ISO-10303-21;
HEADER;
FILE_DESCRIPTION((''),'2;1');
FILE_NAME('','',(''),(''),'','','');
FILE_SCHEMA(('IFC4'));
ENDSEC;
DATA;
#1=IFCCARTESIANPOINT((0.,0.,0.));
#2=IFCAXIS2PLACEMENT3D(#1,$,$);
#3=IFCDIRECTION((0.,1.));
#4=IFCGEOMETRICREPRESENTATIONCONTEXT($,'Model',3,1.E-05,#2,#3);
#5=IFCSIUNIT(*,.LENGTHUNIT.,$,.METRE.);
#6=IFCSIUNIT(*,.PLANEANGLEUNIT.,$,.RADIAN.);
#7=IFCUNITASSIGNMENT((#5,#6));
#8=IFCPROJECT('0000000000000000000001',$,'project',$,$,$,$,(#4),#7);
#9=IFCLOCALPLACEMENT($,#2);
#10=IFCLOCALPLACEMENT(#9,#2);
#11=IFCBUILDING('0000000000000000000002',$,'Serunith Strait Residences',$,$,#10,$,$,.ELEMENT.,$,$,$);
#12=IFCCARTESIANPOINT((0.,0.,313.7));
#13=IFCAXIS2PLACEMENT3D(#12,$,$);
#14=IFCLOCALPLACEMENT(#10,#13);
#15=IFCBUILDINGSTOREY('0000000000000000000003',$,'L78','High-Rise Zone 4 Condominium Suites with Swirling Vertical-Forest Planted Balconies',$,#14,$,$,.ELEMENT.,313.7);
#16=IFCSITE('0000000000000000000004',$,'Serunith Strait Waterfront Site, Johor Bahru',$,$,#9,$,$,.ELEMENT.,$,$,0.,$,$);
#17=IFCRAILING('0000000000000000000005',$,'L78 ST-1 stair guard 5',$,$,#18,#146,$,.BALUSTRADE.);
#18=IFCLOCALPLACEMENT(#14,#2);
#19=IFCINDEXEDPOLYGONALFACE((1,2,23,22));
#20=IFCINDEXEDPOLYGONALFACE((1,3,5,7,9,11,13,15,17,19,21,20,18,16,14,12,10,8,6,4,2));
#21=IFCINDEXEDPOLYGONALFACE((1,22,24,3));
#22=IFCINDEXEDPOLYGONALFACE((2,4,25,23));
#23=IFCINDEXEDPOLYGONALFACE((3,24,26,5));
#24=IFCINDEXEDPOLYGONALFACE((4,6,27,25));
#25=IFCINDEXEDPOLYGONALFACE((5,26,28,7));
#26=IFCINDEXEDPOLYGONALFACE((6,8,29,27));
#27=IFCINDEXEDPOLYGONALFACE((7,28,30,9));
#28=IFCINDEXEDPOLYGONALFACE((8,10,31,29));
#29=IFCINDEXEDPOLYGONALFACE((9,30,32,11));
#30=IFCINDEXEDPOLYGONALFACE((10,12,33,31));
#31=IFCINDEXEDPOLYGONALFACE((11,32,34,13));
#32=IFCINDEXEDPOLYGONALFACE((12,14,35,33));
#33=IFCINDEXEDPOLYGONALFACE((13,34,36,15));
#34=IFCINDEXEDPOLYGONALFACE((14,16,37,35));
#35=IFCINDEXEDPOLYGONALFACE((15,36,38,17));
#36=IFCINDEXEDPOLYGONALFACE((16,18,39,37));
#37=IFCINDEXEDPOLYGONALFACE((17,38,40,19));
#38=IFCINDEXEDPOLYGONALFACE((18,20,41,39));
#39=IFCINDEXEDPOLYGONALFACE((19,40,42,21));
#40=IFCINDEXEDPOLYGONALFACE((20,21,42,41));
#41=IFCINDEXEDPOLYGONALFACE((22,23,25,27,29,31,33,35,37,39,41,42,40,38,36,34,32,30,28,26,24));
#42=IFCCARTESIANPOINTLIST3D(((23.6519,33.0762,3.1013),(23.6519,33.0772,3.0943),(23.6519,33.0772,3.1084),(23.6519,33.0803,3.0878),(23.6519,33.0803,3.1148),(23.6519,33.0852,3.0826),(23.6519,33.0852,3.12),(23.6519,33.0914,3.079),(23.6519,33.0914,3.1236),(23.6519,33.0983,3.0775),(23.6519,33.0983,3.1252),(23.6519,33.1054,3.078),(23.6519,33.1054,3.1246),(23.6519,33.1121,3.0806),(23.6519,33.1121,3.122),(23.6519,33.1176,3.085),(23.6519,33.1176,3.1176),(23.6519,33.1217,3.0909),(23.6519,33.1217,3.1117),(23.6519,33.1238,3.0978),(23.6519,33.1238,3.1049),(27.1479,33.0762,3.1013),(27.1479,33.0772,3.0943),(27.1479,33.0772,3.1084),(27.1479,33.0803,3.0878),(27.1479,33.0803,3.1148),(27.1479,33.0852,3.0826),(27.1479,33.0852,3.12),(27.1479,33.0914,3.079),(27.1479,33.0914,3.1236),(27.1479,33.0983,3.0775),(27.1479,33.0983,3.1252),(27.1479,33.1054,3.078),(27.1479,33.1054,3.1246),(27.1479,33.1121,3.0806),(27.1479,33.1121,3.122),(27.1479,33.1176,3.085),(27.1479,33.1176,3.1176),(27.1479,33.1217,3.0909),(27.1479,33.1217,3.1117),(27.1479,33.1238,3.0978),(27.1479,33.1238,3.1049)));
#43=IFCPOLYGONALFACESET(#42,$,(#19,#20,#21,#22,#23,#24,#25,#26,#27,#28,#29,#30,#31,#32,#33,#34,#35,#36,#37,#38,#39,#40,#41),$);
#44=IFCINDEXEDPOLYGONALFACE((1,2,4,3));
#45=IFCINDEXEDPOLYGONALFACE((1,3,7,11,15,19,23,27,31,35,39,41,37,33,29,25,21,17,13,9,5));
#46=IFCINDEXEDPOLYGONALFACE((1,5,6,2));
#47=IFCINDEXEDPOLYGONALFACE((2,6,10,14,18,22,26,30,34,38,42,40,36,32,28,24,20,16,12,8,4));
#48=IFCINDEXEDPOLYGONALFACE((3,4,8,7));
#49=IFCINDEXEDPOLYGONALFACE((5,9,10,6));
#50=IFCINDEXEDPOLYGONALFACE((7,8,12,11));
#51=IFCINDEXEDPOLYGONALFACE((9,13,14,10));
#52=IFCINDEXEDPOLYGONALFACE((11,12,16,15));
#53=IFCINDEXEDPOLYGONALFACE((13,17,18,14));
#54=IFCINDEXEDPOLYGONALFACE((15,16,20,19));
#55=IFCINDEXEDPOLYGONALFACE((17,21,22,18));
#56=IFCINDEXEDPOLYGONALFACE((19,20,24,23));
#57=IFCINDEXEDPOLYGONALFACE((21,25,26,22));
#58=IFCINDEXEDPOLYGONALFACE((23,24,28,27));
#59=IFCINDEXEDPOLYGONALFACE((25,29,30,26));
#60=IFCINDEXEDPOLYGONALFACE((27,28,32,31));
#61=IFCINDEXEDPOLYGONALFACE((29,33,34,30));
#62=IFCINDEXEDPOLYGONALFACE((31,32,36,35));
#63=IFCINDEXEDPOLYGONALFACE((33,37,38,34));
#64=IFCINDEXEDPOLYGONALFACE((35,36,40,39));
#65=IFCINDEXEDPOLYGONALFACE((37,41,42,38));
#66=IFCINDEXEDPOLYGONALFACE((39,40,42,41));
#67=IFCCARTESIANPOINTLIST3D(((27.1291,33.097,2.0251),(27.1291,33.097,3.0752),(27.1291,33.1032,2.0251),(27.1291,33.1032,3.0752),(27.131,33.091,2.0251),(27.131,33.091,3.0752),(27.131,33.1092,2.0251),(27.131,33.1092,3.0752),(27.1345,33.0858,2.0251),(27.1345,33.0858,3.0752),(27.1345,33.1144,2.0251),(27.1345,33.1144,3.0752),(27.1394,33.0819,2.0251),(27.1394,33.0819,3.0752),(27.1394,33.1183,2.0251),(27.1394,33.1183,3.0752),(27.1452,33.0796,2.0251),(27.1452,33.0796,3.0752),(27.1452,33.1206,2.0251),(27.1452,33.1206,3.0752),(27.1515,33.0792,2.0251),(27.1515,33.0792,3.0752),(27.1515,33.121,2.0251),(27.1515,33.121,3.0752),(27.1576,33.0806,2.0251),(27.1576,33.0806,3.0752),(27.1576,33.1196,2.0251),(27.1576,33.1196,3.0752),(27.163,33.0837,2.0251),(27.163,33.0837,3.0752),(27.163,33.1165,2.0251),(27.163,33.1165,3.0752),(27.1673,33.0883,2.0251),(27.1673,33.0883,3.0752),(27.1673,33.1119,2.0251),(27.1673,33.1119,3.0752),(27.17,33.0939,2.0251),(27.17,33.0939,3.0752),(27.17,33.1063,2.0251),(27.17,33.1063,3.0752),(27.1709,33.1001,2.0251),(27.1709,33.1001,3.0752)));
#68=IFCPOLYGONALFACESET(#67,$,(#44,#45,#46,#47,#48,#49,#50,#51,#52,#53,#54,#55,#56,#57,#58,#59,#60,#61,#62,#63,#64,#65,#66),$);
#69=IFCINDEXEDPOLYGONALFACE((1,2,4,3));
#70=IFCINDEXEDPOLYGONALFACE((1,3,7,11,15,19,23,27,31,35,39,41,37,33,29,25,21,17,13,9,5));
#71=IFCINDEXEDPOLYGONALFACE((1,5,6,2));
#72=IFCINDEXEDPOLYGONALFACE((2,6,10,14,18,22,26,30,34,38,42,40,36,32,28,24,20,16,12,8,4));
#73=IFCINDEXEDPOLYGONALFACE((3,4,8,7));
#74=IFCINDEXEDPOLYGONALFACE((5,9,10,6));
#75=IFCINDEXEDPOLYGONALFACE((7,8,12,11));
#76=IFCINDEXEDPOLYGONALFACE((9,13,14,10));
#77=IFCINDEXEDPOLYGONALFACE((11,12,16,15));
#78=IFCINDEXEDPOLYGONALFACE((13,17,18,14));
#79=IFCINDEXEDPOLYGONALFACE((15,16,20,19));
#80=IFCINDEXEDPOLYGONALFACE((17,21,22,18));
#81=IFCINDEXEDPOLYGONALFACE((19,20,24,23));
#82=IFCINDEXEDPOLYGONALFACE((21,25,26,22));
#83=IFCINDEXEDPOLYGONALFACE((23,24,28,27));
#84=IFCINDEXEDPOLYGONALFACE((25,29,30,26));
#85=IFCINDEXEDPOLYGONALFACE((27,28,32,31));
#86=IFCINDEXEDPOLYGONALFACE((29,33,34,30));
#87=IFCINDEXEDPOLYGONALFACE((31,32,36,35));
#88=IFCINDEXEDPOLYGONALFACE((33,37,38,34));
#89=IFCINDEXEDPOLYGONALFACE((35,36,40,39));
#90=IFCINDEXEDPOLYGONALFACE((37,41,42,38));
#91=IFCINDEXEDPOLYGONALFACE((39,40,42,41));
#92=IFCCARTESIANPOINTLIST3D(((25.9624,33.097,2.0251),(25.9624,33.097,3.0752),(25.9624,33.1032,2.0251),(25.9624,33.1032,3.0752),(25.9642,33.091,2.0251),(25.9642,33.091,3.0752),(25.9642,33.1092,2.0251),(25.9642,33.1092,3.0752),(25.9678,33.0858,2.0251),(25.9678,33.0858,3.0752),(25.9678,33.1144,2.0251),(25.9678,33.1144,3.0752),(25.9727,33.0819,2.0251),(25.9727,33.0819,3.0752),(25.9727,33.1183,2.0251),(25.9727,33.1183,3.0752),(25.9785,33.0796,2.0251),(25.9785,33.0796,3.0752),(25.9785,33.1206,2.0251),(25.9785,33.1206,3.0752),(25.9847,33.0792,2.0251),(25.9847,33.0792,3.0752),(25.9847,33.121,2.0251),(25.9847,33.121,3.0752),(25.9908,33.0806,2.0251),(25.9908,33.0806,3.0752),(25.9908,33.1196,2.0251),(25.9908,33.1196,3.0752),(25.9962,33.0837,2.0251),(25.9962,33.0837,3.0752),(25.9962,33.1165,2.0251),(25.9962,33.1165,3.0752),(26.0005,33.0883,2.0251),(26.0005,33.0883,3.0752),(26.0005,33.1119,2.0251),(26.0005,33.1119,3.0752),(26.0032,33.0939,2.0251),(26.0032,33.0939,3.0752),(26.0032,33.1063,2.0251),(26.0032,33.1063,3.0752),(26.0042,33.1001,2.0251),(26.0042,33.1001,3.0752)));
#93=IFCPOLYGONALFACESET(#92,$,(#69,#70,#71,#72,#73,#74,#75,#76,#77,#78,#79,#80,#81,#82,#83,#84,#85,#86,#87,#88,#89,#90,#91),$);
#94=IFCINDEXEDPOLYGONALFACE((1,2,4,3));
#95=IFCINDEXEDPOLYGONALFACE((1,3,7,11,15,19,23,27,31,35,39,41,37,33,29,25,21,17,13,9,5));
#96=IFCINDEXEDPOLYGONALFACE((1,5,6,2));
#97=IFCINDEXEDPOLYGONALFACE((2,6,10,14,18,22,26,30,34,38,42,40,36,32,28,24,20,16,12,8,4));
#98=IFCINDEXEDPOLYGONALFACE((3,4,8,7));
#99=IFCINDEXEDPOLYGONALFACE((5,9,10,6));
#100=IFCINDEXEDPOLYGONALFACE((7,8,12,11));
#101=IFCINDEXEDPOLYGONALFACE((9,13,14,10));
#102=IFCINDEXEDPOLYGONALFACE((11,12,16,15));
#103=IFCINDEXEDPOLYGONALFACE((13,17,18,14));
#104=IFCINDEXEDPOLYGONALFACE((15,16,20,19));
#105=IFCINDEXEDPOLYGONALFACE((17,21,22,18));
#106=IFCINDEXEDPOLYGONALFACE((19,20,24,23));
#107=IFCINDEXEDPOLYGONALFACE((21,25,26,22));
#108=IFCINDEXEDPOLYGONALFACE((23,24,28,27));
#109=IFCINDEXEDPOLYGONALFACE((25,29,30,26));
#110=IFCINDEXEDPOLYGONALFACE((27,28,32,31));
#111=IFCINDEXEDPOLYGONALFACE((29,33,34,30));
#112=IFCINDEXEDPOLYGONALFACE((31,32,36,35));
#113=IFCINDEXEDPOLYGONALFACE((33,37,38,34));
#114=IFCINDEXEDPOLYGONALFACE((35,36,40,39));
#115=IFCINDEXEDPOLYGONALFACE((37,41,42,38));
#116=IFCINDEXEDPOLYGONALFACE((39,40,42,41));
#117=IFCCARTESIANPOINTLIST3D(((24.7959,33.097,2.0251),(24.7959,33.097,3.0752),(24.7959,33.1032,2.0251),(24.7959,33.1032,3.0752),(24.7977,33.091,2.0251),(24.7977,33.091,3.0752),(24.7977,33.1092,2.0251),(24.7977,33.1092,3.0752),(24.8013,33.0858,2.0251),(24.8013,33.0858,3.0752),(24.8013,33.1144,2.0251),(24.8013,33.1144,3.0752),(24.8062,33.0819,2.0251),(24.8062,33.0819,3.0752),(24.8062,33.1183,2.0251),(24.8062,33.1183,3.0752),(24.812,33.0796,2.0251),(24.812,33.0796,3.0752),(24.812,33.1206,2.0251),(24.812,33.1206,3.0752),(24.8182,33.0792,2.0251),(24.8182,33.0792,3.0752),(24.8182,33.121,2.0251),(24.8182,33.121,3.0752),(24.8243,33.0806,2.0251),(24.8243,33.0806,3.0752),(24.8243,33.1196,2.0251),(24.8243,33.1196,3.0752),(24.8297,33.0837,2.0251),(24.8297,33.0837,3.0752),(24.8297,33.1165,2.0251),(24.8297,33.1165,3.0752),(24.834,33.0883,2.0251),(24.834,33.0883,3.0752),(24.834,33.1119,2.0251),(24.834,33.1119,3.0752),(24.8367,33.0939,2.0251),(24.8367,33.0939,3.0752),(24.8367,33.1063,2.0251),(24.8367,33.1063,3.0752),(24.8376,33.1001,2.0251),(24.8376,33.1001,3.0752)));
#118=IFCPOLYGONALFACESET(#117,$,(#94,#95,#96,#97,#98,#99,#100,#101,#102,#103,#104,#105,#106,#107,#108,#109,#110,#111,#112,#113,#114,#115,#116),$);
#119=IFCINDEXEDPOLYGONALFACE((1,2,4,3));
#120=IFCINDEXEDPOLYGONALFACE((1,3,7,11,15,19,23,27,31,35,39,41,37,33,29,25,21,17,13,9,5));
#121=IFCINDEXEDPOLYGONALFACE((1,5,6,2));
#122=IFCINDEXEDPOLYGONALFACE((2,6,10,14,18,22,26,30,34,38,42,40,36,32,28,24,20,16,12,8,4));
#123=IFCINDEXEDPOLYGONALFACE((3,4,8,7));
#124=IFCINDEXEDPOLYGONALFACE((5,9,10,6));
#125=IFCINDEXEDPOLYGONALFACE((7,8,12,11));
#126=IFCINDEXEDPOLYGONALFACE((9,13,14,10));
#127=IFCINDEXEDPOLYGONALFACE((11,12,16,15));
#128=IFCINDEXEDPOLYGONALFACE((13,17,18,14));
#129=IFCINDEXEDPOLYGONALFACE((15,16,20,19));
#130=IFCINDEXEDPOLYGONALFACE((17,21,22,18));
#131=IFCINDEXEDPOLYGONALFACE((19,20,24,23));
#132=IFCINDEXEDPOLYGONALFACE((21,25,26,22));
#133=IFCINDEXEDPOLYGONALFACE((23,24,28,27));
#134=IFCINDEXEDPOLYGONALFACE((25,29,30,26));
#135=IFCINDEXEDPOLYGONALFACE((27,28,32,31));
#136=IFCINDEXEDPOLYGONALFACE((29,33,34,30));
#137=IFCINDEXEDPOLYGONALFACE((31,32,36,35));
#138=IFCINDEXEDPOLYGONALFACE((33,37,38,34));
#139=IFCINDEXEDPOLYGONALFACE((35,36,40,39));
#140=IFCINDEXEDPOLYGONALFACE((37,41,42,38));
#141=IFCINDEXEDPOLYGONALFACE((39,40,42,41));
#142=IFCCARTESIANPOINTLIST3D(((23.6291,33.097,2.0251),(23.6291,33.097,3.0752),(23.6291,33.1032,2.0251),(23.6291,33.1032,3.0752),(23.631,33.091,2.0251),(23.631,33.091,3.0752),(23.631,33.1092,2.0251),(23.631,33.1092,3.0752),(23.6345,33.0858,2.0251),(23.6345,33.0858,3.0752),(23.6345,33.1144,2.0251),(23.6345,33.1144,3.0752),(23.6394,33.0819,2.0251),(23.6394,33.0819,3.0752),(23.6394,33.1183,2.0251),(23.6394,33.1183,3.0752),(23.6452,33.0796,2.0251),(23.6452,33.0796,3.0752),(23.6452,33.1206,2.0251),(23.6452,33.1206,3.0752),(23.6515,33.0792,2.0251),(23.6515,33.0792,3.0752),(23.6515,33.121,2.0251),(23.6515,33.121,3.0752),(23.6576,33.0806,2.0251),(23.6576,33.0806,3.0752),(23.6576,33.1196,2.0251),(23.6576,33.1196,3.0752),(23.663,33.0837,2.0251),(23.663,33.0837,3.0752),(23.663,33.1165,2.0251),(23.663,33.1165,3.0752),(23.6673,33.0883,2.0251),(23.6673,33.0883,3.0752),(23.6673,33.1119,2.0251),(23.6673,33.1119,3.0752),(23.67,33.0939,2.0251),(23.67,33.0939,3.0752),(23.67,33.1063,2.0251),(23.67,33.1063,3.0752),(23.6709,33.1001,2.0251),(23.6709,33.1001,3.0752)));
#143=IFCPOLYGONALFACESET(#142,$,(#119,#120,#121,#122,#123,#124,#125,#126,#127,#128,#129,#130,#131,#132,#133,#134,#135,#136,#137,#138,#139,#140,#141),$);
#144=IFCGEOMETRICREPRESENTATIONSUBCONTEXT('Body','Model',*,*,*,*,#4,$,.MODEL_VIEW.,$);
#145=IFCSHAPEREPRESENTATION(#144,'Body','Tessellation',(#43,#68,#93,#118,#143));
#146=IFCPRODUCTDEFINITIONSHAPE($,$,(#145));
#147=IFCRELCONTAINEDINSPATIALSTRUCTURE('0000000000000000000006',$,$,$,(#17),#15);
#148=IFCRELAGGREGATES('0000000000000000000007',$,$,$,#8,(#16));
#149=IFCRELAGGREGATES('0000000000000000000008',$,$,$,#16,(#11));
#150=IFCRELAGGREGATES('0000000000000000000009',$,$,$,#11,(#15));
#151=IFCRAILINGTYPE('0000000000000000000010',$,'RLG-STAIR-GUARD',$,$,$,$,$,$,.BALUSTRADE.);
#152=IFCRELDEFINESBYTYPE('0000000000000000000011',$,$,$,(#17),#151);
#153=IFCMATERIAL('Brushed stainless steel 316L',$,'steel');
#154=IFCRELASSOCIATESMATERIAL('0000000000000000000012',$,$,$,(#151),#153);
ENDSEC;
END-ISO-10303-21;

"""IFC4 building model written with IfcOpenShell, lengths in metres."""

from ifc_helpers import new_model, si_unit, direction, frame, origin, origin_2d, place, context, subcontext, project, spatial, circle, extrude, material, type_object, element, save


model = new_model("IFC4")

# Units and contexts
model_context = context("Model", 3, precision=1e-05, world=origin(), true_north=direction((0.0, 1.0)))
body_context = subcontext(model_context, "Body", "Model", "MODEL_VIEW")
ifc_project = project(units=[si_unit("LENGTHUNIT", "METRE"), si_unit("PLANEANGLEUNIT", "RADIAN")], contexts=[model_context])

# Site, building, storey
site_placement = place(None, origin())
site = spatial("IfcSite", under=ifc_project, at=site_placement, Name="Serunith Strait Waterfront Site, Johor Bahru", CompositionType="ELEMENT", RefElevation=0.0)
building_placement = place(site_placement, origin())
building = spatial("IfcBuilding", under=site, at=building_placement, Name="Serunith Strait Residences", CompositionType="ELEMENT")
storey_placement = place(building_placement, frame((0.0, 0.0, 313.7)))
storey = spatial("IfcBuildingStorey", under=building, at=storey_placement, Name="L78", Description="High-Rise Zone 4 Condominium Suites with Swirling Vertical-Forest Planted Balconies", CompositionType="ELEMENT", Elevation=313.7)

# Railing
ifc_material_1 = material(Name="Brushed stainless steel 316L", Category="steel")
railing_type_1 = type_object("IfcRailingType", Name="RLG-STAIR-GUARD", PredefinedType="BALUSTRADE", material=ifc_material_1)
railing_1_placement = place(storey_placement, frame((27.1499, 33.1001, 2.0251)))
element("IfcRailing", 1, at=railing_1_placement, inside=storey, type_object=railing_type_1, Name="L78 ST-1 stair guard 5", PredefinedType="BALUSTRADE", context=body_context, shape_type="SweptSolid", body=[
    extrude(circle(Radius=0.0239, at=origin_2d()), frame((-0.002, 0.0, 1.0762), z_axis=(-1.0, 0.0, 0.0), x_axis=(0.0, -1.0, 0.0)), (0.0, 0.0, 1.0), 3.4961),
    extrude(circle(Radius=0.021, at=origin_2d()), origin(), (0.0, 0.0, 1.0), 1.05),
    extrude(circle(Radius=0.021, at=origin_2d()), frame((-1.1667, 0.0, 0.0)), (0.0, 0.0, 1.0), 1.05),
    extrude(circle(Radius=0.021, at=origin_2d()), frame((-2.3333, 0.0, 0.0)), (0.0, 0.0, 1.0), 1.05),
    extrude(circle(Radius=0.021, at=origin_2d()), frame((-3.5, 0.0, 0.0)), (0.0, 0.0, 1.0), 1.05),
])

save(model, "model.ifc")
